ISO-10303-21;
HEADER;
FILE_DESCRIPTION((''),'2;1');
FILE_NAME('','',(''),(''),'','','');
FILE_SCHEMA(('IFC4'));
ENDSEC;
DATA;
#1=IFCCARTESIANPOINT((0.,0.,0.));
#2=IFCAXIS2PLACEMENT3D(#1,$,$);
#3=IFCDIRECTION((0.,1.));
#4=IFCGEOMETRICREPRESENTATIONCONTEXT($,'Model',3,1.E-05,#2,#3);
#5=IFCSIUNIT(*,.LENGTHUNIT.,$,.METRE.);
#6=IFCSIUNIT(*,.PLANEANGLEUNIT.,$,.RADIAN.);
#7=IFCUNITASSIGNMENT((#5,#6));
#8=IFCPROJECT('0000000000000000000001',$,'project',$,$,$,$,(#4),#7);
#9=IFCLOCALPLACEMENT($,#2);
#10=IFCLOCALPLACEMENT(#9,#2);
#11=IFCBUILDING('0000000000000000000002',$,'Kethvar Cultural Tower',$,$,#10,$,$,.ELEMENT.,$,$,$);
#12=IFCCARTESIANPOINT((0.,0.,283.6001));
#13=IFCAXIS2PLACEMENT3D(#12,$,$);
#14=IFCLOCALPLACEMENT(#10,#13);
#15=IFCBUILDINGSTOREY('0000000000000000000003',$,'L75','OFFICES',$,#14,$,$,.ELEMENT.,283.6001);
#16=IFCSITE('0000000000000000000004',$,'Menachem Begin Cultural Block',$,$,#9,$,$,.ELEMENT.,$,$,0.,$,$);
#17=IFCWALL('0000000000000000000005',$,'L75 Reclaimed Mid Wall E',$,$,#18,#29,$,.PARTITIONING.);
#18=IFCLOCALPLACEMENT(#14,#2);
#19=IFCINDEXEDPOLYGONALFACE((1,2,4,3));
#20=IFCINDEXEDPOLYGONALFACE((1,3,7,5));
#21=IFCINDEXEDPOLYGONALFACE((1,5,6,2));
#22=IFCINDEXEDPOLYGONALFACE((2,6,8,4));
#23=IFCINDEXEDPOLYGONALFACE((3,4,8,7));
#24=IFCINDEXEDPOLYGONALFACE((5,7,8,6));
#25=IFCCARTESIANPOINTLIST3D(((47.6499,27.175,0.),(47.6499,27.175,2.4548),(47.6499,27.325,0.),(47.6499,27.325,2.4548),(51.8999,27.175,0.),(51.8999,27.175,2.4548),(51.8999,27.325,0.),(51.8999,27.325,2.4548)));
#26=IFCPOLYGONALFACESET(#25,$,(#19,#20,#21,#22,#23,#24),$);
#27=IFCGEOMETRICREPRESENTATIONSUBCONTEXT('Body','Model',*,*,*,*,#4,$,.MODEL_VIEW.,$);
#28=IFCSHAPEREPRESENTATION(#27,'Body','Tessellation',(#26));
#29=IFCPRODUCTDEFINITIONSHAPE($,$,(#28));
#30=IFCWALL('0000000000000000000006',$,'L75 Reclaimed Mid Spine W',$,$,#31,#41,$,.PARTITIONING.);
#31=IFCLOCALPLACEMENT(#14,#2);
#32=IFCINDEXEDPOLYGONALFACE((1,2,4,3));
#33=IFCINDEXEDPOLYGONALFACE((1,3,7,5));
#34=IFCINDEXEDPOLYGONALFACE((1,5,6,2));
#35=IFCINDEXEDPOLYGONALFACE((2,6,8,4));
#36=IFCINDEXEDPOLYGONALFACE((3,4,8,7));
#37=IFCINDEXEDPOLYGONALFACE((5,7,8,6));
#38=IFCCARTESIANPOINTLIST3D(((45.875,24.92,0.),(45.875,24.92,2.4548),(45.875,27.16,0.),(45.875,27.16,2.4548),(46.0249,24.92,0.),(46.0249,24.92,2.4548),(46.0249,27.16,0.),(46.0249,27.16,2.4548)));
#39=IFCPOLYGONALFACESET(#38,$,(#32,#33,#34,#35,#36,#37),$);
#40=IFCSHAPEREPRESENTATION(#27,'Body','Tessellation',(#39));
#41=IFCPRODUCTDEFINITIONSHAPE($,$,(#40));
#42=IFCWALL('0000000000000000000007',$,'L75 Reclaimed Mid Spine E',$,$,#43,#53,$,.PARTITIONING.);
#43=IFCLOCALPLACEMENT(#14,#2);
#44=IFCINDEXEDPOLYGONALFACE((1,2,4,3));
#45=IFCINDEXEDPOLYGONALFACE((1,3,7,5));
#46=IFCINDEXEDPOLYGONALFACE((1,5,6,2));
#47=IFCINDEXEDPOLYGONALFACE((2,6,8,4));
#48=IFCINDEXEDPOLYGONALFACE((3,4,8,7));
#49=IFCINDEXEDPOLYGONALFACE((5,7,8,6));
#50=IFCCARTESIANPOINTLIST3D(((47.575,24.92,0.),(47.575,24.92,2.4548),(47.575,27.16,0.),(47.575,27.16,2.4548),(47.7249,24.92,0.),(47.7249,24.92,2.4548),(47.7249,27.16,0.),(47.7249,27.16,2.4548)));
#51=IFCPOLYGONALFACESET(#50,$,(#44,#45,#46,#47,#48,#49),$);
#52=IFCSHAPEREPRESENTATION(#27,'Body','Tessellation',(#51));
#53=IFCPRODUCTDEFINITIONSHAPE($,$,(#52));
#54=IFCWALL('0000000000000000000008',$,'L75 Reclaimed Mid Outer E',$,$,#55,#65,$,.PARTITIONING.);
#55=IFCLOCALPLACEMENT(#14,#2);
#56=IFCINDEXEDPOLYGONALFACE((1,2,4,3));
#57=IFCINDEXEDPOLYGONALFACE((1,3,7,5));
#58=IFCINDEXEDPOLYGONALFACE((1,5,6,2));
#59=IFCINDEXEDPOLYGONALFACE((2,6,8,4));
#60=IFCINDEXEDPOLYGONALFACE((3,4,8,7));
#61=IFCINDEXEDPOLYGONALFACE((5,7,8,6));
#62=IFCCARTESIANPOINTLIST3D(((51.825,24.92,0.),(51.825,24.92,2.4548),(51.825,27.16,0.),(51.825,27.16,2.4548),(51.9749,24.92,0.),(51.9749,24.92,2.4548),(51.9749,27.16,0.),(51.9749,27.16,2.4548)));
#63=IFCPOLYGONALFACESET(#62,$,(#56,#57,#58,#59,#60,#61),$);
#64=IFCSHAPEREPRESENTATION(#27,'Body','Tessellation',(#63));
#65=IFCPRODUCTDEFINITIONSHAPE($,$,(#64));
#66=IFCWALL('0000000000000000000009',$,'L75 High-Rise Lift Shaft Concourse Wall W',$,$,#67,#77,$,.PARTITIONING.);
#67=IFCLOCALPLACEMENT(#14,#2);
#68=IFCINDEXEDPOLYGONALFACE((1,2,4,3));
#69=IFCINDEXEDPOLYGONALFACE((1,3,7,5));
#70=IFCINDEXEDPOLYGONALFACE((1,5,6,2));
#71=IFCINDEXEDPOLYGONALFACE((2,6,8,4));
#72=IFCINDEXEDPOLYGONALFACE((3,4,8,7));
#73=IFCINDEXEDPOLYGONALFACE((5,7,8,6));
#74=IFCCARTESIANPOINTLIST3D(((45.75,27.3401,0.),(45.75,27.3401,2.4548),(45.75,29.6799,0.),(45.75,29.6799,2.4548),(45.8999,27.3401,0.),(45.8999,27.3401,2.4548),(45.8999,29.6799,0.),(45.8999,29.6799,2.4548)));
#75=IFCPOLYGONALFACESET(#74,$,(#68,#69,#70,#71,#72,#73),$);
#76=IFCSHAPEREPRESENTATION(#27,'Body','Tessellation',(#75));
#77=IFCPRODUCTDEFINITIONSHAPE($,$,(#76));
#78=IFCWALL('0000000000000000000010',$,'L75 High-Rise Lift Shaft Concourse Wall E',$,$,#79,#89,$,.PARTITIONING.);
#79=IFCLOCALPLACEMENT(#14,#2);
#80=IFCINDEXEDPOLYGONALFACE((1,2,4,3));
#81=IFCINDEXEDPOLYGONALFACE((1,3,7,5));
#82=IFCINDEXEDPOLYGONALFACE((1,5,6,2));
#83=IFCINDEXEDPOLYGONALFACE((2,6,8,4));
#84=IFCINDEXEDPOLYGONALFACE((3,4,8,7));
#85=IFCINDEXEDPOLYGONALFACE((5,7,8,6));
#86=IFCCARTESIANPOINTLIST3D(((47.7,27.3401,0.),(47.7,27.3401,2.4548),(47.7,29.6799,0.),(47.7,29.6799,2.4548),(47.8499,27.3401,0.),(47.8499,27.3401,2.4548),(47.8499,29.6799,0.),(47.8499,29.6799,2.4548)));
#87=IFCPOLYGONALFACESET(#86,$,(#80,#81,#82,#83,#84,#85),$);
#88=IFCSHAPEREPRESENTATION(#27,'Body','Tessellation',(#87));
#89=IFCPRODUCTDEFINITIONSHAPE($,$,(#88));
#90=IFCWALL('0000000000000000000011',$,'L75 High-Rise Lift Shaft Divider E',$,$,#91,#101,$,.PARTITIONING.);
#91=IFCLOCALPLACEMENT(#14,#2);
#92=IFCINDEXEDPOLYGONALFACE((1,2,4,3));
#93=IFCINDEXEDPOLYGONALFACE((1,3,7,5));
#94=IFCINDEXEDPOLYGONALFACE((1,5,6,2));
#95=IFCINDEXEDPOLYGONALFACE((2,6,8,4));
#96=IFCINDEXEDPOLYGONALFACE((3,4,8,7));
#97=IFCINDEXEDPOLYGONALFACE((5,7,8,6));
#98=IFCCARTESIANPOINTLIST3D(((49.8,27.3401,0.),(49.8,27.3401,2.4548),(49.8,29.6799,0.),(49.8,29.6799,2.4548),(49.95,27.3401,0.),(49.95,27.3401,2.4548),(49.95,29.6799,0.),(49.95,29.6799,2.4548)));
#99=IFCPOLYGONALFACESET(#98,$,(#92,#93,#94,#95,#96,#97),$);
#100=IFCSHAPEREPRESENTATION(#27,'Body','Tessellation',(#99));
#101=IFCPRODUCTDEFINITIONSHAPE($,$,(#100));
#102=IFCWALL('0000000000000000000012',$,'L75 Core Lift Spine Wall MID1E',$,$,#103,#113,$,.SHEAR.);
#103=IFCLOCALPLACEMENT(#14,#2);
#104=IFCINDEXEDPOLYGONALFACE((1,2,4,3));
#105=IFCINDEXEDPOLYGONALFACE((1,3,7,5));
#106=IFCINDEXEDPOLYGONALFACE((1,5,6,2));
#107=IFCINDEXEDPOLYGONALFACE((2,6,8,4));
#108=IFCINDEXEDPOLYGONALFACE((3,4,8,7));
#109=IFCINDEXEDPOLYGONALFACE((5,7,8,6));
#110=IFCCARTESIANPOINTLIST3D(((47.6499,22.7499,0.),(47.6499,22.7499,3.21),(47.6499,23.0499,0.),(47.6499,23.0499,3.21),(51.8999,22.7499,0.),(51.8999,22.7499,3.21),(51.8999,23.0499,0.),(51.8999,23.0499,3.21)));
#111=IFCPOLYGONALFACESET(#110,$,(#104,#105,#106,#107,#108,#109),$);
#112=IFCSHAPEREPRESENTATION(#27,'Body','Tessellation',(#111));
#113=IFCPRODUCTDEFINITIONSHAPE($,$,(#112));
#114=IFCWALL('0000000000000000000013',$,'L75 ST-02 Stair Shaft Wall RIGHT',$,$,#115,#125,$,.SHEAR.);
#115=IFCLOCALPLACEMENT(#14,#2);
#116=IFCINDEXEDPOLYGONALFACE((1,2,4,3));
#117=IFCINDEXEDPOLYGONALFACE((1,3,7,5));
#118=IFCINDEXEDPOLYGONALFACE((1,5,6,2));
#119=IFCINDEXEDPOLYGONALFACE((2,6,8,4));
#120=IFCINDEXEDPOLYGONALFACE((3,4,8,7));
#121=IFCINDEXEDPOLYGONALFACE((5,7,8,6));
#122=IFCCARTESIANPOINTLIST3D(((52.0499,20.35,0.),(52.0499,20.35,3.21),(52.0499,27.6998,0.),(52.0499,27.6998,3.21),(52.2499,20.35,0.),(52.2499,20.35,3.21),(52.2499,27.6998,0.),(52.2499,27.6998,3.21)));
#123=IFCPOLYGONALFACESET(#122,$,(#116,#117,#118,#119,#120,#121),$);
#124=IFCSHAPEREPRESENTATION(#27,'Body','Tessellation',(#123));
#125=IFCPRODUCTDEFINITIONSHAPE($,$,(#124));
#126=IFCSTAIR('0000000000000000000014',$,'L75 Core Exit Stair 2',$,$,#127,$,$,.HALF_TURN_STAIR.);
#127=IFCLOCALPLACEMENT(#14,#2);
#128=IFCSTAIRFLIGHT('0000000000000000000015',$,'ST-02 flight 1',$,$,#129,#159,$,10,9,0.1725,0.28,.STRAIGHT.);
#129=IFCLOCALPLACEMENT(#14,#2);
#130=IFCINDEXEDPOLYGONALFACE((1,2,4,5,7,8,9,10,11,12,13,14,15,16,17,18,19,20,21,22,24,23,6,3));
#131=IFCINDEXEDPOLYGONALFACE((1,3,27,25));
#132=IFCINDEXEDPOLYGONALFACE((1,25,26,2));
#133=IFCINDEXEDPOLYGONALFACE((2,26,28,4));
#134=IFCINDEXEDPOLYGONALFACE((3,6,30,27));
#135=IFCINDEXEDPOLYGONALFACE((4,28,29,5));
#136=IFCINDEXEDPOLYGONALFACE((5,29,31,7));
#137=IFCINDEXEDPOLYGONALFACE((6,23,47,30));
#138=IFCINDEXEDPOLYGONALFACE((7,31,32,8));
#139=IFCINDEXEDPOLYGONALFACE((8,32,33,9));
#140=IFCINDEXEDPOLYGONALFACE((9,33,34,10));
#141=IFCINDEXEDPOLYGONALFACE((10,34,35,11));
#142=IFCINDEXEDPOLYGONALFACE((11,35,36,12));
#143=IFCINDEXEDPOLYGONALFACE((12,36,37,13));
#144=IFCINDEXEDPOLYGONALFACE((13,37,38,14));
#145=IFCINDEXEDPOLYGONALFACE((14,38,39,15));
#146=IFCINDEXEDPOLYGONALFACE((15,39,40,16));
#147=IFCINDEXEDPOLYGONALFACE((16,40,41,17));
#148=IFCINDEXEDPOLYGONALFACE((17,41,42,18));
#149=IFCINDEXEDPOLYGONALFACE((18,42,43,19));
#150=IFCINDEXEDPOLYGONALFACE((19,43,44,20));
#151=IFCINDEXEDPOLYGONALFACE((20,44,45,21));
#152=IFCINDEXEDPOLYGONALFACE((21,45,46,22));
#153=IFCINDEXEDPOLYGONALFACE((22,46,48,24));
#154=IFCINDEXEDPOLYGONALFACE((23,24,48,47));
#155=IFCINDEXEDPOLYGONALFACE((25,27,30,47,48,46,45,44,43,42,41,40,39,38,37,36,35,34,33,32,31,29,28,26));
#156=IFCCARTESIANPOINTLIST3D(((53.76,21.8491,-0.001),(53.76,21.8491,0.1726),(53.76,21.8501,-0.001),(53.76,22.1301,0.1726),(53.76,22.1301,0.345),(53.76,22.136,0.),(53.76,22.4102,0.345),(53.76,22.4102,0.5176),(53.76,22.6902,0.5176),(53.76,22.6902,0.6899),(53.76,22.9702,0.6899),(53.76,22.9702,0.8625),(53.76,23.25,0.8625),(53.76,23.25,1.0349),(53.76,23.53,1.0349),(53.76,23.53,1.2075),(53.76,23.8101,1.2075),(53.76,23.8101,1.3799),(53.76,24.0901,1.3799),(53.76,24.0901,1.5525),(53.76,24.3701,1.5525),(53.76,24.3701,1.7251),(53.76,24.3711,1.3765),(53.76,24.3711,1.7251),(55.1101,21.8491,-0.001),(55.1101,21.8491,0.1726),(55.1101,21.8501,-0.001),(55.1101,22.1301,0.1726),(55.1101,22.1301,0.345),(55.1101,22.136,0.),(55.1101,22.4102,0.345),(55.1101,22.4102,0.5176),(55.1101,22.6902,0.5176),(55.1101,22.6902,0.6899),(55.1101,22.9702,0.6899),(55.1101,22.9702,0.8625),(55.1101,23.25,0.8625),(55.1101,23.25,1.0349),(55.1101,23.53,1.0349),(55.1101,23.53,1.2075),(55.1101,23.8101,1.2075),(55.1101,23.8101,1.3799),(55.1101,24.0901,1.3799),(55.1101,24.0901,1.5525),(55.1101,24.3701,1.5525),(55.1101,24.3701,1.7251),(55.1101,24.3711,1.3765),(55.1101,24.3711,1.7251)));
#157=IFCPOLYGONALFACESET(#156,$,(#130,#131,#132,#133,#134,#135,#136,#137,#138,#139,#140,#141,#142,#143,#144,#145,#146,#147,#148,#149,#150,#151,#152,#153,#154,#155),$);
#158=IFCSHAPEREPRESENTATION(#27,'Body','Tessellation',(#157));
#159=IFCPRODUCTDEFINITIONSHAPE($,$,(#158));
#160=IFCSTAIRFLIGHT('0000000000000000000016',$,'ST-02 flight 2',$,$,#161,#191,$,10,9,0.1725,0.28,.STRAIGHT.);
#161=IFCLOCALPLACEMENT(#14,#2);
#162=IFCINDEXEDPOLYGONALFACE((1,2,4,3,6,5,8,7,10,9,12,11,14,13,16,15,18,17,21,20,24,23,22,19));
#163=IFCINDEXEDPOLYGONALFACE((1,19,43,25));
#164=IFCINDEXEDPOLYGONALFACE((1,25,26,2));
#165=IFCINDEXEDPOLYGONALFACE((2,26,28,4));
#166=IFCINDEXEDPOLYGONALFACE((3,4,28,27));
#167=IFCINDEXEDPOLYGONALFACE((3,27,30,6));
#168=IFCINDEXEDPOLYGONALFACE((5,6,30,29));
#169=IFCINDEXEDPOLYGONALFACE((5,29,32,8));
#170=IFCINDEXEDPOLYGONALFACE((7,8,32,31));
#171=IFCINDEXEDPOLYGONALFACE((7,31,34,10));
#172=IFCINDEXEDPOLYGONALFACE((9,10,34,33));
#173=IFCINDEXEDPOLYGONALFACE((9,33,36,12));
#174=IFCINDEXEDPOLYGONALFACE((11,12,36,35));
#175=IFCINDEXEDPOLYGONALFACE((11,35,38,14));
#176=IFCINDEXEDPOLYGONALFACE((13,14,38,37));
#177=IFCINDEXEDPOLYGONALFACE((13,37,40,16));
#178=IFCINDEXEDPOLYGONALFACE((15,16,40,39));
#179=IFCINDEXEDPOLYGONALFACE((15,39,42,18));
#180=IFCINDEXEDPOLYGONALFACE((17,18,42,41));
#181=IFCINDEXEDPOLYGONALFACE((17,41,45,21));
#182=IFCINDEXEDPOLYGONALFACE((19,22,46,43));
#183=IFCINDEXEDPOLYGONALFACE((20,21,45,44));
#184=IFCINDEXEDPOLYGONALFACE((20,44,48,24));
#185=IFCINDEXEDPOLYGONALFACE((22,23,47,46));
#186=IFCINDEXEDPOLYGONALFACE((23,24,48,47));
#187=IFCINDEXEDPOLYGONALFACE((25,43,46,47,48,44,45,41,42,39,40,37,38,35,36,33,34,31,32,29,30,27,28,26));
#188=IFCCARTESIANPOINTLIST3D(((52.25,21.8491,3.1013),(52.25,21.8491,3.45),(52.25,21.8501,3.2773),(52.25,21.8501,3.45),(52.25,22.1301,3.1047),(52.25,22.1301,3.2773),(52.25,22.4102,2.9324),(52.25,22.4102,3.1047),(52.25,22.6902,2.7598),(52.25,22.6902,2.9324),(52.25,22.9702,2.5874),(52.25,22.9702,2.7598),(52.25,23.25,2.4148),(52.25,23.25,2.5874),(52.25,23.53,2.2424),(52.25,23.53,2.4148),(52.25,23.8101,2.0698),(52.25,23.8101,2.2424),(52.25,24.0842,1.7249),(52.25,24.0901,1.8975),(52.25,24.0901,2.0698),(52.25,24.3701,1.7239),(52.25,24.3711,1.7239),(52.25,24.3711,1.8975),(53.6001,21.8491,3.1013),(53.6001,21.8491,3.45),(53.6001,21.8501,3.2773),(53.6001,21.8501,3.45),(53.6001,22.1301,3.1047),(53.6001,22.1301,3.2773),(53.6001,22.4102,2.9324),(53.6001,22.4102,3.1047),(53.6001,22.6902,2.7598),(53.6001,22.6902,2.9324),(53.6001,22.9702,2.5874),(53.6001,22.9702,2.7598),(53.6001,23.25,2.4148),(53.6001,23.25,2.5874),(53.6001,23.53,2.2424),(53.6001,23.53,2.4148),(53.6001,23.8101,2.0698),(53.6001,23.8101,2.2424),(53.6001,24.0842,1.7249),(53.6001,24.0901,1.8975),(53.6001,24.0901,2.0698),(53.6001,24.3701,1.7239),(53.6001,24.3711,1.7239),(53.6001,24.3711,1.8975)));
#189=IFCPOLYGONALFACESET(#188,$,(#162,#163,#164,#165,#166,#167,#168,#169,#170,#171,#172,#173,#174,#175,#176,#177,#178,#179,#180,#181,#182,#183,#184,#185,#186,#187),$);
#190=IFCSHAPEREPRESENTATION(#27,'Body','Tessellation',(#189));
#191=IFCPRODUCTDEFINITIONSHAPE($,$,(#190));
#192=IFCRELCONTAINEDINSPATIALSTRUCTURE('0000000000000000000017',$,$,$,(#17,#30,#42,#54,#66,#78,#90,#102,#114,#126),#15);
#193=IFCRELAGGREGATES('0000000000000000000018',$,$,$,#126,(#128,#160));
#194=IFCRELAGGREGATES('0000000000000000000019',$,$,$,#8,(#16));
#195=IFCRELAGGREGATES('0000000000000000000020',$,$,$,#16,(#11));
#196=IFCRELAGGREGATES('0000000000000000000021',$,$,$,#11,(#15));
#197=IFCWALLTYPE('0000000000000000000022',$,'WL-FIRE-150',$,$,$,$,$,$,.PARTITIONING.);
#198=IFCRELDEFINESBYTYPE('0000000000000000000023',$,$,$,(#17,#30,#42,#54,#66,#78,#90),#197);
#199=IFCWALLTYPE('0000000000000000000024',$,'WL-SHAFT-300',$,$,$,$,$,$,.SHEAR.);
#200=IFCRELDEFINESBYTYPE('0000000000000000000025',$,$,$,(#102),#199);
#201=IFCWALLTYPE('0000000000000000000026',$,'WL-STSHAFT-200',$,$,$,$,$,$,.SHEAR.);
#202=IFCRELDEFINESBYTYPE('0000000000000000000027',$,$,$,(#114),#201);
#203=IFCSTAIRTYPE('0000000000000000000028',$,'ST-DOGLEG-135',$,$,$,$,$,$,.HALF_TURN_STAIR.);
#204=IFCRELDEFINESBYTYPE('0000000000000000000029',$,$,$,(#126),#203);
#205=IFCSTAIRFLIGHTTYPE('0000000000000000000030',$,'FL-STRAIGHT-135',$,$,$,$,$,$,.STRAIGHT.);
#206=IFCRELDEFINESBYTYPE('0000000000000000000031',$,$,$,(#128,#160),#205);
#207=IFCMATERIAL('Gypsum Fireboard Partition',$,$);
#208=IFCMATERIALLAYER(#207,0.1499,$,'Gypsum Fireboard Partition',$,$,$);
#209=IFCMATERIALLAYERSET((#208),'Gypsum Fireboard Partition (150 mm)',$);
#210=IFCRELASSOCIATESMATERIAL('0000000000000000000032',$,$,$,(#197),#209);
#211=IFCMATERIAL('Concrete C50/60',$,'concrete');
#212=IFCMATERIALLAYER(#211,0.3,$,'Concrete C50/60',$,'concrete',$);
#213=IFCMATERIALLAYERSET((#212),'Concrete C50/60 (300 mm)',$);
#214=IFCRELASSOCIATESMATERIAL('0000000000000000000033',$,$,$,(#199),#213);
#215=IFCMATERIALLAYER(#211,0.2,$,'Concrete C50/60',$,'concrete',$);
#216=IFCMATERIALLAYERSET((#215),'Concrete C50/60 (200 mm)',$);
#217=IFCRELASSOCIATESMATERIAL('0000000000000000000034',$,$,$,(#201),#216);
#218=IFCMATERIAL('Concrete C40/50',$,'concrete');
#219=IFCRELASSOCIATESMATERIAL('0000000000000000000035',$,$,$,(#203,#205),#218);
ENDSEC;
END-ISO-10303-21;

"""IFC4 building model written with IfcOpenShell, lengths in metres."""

from ifc_helpers import new_model, si_unit, direction, frame, frame_2d, origin, place, context, subcontext, project, spatial, polyline, rectangle, outline, extrude, material, layer, layer_set, type_object, element, aggregate, save


model = new_model("IFC4")

# Units and contexts
model_context = context("Model", 3, precision=1e-05, world=origin(), true_north=direction((0.0, 1.0)))
body_context = subcontext(model_context, "Body", "Model", "MODEL_VIEW")
ifc_project = project(units=[si_unit("LENGTHUNIT", "METRE"), si_unit("PLANEANGLEUNIT", "RADIAN")], contexts=[model_context])

# Site, building, storey
site_placement = place(None, origin())
site = spatial("IfcSite", under=ifc_project, at=site_placement, Name="Menachem Begin Cultural Block", CompositionType="ELEMENT", RefElevation=0.0)
building_placement = place(site_placement, origin())
building = spatial("IfcBuilding", under=site, at=building_placement, Name="Kethvar Cultural Tower", CompositionType="ELEMENT")
storey_placement = place(building_placement, frame((0.0, 0.0, 283.6001)))
storey = spatial("IfcBuildingStorey", under=building, at=storey_placement, Name="L75", Description="OFFICES", CompositionType="ELEMENT", Elevation=283.6001)

# Shared definitions
ifc_material_1 = material(Name="Concrete C50/60", Category="concrete")

# Shared definitions
ifc_material_2 = material(Name="Gypsum Fireboard Partition")
ifc_layer_1 = layer(ifc_material_2, 0.1499, Name="Gypsum Fireboard Partition")
ifc_layer_set_1 = layer_set([ifc_layer_1], Name="Gypsum Fireboard Partition (150 mm)")
wall_type_1 = type_object("IfcWallType", Name="WL-FIRE-150", PredefinedType="PARTITIONING", material=ifc_layer_set_1)

# Walls
wall_1_placement = place(storey_placement, frame((47.6499, 27.25, 0.0), z_axis=(0.0, 0.0, 1.0), x_axis=(1.0, 0.0, 0.0)))
element("IfcWall", 1, at=wall_1_placement, inside=storey, type_object=wall_type_1, Name="L75 Reclaimed Mid Wall E", PredefinedType="PARTITIONING", context=body_context, shape_type="SweptSolid", body=[
    extrude(rectangle(XDim=4.25, YDim=0.1499, at=frame_2d((2.125, 0.0))), origin(), (0.0, 0.0, 1.0), 2.4548),
])
for number, where, z_axis, x_axis, name in (
    (2, (45.95, 24.9199, 0.0), (0.0, 0.0, 1.0), (0.0, 1.0, 0.0), "L75 Reclaimed Mid Spine W"),
    (3, (47.6499, 24.9199, 0.0), (0.0, 0.0, 1.0), (0.0, 1.0, 0.0), "L75 Reclaimed Mid Spine E"),
    (4, (51.8999, 24.9199, 0.0), (0.0, 0.0, 1.0), (0.0, 1.0, 0.0), "L75 Reclaimed Mid Outer E"),
):
    element("IfcWall", number, at=place(storey_placement, frame(where, z_axis=z_axis, x_axis=x_axis)), inside=storey, type_object=wall_type_1, Name=name, PredefinedType="PARTITIONING", context=body_context, shape_type="SweptSolid", body=[
        extrude(rectangle(XDim=2.24, YDim=0.1499, at=frame_2d((1.1201, 0.0))), origin(), (0.0, 0.0, 1.0), 2.4548),
    ])

# Walls
for number, where, z_axis, x_axis, name in (
    (5, (45.825, 27.3401, 0.0), (0.0, 0.0, 1.0), (0.0, 1.0, 0.0), "L75 High-Rise Lift Shaft Concourse Wall W"),
    (6, (47.7749, 27.3401, 0.0), (0.0, 0.0, 1.0), (0.0, 1.0, 0.0), "L75 High-Rise Lift Shaft Concourse Wall E"),
    (7, (49.875, 27.3401, 0.0), (0.0, 0.0, 1.0), (0.0, 1.0, 0.0), "L75 High-Rise Lift Shaft Divider E"),
):
    element("IfcWall", number, at=place(storey_placement, frame(where, z_axis=z_axis, x_axis=x_axis)), inside=storey, type_object=wall_type_1, Name=name, PredefinedType="PARTITIONING", context=body_context, shape_type="SweptSolid", body=[
        extrude(rectangle(XDim=2.3398, YDim=0.1499, at=frame_2d((1.1699, 0.0))), origin(), (0.0, 0.0, 1.0), 2.4548),
    ])
ifc_layer_2 = layer(ifc_material_1, 0.3, Name="Concrete C50/60", Category="concrete")
ifc_layer_set_2 = layer_set([ifc_layer_2], Name="Concrete C50/60 (300 mm)")
wall_type_2 = type_object("IfcWallType", Name="WL-SHAFT-300", PredefinedType="SHEAR", material=ifc_layer_set_2)
wall_2_placement = place(storey_placement, frame((47.6499, 22.8999, 0.0), z_axis=(0.0, 0.0, 1.0), x_axis=(1.0, 0.0, 0.0)))
element("IfcWall", 8, at=wall_2_placement, inside=storey, type_object=wall_type_2, Name="L75 Core Lift Spine Wall MID1E", PredefinedType="SHEAR", context=body_context, shape_type="SweptSolid", body=[
    extrude(rectangle(XDim=4.25, YDim=0.3, at=frame_2d((2.125, 0.0))), origin(), (0.0, 0.0, 1.0), 3.21),
])

# Wall
ifc_layer_3 = layer(ifc_material_1, 0.2, Name="Concrete C50/60", Category="concrete")
ifc_layer_set_3 = layer_set([ifc_layer_3], Name="Concrete C50/60 (200 mm)")
wall_type_3 = type_object("IfcWallType", Name="WL-STSHAFT-200", PredefinedType="SHEAR", material=ifc_layer_set_3)
wall_3_placement = place(storey_placement, frame((52.1499, 20.3501, 0.0), z_axis=(0.0, 0.0, 1.0), x_axis=(0.0, 1.0, 0.0)))
element("IfcWall", 9, at=wall_3_placement, inside=storey, type_object=wall_type_3, Name="L75 ST-02 Stair Shaft Wall RIGHT", PredefinedType="SHEAR", context=body_context, shape_type="SweptSolid", body=[
    extrude(rectangle(XDim=7.3499, YDim=0.2, at=frame_2d((3.6748, 0.0))), origin(), (0.0, 0.0, 1.0), 3.21),
])

# Stair, stair flights
ifc_material_3 = material(Name="Concrete C40/50", Category="concrete")
stair_type = type_object("IfcStairType", Name="ST-DOGLEG-135", PredefinedType="HALF_TURN_STAIR", material=ifc_material_3)
stair_placement = place(storey_placement, origin())
stair = element("IfcStair", 10, at=stair_placement, inside=storey, type_object=stair_type, Name="L75 Core Exit Stair 2", PredefinedType="HALF_TURN_STAIR")
stair_flight_type = type_object("IfcStairFlightType", Name="FL-STRAIGHT-135", PredefinedType="STRAIGHT", material=ifc_material_3)
stair_flight_1_placement = place(storey_placement, frame((54.4351, 21.8501, 0.0), z_axis=(0.0, 0.0, 1.0), x_axis=(0.0, 1.0, 0.0)))
stair_flight_1 = element("IfcStairFlight", 11, at=stair_flight_1_placement, type_object=stair_flight_type, Name="ST-02 flight 1", NumberOfRisers=10, NumberOfTreads=9, PredefinedType="STRAIGHT", RiserHeight=0.1725, TreadLength=0.28, context=body_context, shape_type="SweptSolid", body=[
    extrude(outline(polyline([(-0.001, -0.001), (-0.001, 0.1726), (0.28, 0.1726), (0.28, 0.345), (0.5601, 0.345), (0.5601, 0.5176), (0.8401, 0.5176), (0.8401, 0.6899), (1.1201, 0.6899), (1.1201, 0.8625), (1.3999, 0.8625), (1.3999, 1.0349), (1.6799, 1.0349), (1.6799, 1.2075), (1.96, 1.2075), (1.96, 1.3799), (2.24, 1.3799), (2.24, 1.5525), (2.52, 1.5525), (2.52, 1.7251), (2.521, 1.7251), (2.521, 1.3765), (0.2859, 0.0), (0.0, -0.001), (-0.001, -0.001)])), frame((0.0, 0.675, 0.0), z_axis=(0.0, -1.0, 0.0), x_axis=(1.0, 0.0, 0.0)), (0.0, 0.0, 1.0), 1.3501),
])
stair_flight_2_placement = place(storey_placement, frame((52.925, 24.3701, 1.7249), z_axis=(0.0, 0.0, 1.0), x_axis=(0.0, -1.0, 0.0)))
stair_flight_2 = element("IfcStairFlight", 12, at=stair_flight_2_placement, type_object=stair_flight_type, Name="ST-02 flight 2", NumberOfRisers=10, NumberOfTreads=9, PredefinedType="STRAIGHT", RiserHeight=0.1725, TreadLength=0.28, context=body_context, shape_type="SweptSolid", body=[
    extrude(outline(polyline([(-0.001, -0.001), (-0.001, 0.1726), (0.28, 0.1726), (0.28, 0.345), (0.5601, 0.345), (0.5601, 0.5176), (0.8401, 0.5176), (0.8401, 0.6899), (1.1201, 0.6899), (1.1201, 0.8625), (1.3999, 0.8625), (1.3999, 1.0349), (1.6799, 1.0349), (1.6799, 1.2075), (1.96, 1.2075), (1.96, 1.3799), (2.24, 1.3799), (2.24, 1.5525), (2.52, 1.5525), (2.52, 1.7251), (2.521, 1.7251), (2.521, 1.3765), (0.2859, 0.0), (0.0, -0.001), (-0.001, -0.001)])), frame((0.0, 0.675, 0.0), z_axis=(0.0, -1.0, 0.0), x_axis=(1.0, 0.0, 0.0)), (0.0, 0.0, 1.0), 1.3501),
])
aggregate(stair, [stair_flight_1, stair_flight_2])

save(model, "model.ifc")
